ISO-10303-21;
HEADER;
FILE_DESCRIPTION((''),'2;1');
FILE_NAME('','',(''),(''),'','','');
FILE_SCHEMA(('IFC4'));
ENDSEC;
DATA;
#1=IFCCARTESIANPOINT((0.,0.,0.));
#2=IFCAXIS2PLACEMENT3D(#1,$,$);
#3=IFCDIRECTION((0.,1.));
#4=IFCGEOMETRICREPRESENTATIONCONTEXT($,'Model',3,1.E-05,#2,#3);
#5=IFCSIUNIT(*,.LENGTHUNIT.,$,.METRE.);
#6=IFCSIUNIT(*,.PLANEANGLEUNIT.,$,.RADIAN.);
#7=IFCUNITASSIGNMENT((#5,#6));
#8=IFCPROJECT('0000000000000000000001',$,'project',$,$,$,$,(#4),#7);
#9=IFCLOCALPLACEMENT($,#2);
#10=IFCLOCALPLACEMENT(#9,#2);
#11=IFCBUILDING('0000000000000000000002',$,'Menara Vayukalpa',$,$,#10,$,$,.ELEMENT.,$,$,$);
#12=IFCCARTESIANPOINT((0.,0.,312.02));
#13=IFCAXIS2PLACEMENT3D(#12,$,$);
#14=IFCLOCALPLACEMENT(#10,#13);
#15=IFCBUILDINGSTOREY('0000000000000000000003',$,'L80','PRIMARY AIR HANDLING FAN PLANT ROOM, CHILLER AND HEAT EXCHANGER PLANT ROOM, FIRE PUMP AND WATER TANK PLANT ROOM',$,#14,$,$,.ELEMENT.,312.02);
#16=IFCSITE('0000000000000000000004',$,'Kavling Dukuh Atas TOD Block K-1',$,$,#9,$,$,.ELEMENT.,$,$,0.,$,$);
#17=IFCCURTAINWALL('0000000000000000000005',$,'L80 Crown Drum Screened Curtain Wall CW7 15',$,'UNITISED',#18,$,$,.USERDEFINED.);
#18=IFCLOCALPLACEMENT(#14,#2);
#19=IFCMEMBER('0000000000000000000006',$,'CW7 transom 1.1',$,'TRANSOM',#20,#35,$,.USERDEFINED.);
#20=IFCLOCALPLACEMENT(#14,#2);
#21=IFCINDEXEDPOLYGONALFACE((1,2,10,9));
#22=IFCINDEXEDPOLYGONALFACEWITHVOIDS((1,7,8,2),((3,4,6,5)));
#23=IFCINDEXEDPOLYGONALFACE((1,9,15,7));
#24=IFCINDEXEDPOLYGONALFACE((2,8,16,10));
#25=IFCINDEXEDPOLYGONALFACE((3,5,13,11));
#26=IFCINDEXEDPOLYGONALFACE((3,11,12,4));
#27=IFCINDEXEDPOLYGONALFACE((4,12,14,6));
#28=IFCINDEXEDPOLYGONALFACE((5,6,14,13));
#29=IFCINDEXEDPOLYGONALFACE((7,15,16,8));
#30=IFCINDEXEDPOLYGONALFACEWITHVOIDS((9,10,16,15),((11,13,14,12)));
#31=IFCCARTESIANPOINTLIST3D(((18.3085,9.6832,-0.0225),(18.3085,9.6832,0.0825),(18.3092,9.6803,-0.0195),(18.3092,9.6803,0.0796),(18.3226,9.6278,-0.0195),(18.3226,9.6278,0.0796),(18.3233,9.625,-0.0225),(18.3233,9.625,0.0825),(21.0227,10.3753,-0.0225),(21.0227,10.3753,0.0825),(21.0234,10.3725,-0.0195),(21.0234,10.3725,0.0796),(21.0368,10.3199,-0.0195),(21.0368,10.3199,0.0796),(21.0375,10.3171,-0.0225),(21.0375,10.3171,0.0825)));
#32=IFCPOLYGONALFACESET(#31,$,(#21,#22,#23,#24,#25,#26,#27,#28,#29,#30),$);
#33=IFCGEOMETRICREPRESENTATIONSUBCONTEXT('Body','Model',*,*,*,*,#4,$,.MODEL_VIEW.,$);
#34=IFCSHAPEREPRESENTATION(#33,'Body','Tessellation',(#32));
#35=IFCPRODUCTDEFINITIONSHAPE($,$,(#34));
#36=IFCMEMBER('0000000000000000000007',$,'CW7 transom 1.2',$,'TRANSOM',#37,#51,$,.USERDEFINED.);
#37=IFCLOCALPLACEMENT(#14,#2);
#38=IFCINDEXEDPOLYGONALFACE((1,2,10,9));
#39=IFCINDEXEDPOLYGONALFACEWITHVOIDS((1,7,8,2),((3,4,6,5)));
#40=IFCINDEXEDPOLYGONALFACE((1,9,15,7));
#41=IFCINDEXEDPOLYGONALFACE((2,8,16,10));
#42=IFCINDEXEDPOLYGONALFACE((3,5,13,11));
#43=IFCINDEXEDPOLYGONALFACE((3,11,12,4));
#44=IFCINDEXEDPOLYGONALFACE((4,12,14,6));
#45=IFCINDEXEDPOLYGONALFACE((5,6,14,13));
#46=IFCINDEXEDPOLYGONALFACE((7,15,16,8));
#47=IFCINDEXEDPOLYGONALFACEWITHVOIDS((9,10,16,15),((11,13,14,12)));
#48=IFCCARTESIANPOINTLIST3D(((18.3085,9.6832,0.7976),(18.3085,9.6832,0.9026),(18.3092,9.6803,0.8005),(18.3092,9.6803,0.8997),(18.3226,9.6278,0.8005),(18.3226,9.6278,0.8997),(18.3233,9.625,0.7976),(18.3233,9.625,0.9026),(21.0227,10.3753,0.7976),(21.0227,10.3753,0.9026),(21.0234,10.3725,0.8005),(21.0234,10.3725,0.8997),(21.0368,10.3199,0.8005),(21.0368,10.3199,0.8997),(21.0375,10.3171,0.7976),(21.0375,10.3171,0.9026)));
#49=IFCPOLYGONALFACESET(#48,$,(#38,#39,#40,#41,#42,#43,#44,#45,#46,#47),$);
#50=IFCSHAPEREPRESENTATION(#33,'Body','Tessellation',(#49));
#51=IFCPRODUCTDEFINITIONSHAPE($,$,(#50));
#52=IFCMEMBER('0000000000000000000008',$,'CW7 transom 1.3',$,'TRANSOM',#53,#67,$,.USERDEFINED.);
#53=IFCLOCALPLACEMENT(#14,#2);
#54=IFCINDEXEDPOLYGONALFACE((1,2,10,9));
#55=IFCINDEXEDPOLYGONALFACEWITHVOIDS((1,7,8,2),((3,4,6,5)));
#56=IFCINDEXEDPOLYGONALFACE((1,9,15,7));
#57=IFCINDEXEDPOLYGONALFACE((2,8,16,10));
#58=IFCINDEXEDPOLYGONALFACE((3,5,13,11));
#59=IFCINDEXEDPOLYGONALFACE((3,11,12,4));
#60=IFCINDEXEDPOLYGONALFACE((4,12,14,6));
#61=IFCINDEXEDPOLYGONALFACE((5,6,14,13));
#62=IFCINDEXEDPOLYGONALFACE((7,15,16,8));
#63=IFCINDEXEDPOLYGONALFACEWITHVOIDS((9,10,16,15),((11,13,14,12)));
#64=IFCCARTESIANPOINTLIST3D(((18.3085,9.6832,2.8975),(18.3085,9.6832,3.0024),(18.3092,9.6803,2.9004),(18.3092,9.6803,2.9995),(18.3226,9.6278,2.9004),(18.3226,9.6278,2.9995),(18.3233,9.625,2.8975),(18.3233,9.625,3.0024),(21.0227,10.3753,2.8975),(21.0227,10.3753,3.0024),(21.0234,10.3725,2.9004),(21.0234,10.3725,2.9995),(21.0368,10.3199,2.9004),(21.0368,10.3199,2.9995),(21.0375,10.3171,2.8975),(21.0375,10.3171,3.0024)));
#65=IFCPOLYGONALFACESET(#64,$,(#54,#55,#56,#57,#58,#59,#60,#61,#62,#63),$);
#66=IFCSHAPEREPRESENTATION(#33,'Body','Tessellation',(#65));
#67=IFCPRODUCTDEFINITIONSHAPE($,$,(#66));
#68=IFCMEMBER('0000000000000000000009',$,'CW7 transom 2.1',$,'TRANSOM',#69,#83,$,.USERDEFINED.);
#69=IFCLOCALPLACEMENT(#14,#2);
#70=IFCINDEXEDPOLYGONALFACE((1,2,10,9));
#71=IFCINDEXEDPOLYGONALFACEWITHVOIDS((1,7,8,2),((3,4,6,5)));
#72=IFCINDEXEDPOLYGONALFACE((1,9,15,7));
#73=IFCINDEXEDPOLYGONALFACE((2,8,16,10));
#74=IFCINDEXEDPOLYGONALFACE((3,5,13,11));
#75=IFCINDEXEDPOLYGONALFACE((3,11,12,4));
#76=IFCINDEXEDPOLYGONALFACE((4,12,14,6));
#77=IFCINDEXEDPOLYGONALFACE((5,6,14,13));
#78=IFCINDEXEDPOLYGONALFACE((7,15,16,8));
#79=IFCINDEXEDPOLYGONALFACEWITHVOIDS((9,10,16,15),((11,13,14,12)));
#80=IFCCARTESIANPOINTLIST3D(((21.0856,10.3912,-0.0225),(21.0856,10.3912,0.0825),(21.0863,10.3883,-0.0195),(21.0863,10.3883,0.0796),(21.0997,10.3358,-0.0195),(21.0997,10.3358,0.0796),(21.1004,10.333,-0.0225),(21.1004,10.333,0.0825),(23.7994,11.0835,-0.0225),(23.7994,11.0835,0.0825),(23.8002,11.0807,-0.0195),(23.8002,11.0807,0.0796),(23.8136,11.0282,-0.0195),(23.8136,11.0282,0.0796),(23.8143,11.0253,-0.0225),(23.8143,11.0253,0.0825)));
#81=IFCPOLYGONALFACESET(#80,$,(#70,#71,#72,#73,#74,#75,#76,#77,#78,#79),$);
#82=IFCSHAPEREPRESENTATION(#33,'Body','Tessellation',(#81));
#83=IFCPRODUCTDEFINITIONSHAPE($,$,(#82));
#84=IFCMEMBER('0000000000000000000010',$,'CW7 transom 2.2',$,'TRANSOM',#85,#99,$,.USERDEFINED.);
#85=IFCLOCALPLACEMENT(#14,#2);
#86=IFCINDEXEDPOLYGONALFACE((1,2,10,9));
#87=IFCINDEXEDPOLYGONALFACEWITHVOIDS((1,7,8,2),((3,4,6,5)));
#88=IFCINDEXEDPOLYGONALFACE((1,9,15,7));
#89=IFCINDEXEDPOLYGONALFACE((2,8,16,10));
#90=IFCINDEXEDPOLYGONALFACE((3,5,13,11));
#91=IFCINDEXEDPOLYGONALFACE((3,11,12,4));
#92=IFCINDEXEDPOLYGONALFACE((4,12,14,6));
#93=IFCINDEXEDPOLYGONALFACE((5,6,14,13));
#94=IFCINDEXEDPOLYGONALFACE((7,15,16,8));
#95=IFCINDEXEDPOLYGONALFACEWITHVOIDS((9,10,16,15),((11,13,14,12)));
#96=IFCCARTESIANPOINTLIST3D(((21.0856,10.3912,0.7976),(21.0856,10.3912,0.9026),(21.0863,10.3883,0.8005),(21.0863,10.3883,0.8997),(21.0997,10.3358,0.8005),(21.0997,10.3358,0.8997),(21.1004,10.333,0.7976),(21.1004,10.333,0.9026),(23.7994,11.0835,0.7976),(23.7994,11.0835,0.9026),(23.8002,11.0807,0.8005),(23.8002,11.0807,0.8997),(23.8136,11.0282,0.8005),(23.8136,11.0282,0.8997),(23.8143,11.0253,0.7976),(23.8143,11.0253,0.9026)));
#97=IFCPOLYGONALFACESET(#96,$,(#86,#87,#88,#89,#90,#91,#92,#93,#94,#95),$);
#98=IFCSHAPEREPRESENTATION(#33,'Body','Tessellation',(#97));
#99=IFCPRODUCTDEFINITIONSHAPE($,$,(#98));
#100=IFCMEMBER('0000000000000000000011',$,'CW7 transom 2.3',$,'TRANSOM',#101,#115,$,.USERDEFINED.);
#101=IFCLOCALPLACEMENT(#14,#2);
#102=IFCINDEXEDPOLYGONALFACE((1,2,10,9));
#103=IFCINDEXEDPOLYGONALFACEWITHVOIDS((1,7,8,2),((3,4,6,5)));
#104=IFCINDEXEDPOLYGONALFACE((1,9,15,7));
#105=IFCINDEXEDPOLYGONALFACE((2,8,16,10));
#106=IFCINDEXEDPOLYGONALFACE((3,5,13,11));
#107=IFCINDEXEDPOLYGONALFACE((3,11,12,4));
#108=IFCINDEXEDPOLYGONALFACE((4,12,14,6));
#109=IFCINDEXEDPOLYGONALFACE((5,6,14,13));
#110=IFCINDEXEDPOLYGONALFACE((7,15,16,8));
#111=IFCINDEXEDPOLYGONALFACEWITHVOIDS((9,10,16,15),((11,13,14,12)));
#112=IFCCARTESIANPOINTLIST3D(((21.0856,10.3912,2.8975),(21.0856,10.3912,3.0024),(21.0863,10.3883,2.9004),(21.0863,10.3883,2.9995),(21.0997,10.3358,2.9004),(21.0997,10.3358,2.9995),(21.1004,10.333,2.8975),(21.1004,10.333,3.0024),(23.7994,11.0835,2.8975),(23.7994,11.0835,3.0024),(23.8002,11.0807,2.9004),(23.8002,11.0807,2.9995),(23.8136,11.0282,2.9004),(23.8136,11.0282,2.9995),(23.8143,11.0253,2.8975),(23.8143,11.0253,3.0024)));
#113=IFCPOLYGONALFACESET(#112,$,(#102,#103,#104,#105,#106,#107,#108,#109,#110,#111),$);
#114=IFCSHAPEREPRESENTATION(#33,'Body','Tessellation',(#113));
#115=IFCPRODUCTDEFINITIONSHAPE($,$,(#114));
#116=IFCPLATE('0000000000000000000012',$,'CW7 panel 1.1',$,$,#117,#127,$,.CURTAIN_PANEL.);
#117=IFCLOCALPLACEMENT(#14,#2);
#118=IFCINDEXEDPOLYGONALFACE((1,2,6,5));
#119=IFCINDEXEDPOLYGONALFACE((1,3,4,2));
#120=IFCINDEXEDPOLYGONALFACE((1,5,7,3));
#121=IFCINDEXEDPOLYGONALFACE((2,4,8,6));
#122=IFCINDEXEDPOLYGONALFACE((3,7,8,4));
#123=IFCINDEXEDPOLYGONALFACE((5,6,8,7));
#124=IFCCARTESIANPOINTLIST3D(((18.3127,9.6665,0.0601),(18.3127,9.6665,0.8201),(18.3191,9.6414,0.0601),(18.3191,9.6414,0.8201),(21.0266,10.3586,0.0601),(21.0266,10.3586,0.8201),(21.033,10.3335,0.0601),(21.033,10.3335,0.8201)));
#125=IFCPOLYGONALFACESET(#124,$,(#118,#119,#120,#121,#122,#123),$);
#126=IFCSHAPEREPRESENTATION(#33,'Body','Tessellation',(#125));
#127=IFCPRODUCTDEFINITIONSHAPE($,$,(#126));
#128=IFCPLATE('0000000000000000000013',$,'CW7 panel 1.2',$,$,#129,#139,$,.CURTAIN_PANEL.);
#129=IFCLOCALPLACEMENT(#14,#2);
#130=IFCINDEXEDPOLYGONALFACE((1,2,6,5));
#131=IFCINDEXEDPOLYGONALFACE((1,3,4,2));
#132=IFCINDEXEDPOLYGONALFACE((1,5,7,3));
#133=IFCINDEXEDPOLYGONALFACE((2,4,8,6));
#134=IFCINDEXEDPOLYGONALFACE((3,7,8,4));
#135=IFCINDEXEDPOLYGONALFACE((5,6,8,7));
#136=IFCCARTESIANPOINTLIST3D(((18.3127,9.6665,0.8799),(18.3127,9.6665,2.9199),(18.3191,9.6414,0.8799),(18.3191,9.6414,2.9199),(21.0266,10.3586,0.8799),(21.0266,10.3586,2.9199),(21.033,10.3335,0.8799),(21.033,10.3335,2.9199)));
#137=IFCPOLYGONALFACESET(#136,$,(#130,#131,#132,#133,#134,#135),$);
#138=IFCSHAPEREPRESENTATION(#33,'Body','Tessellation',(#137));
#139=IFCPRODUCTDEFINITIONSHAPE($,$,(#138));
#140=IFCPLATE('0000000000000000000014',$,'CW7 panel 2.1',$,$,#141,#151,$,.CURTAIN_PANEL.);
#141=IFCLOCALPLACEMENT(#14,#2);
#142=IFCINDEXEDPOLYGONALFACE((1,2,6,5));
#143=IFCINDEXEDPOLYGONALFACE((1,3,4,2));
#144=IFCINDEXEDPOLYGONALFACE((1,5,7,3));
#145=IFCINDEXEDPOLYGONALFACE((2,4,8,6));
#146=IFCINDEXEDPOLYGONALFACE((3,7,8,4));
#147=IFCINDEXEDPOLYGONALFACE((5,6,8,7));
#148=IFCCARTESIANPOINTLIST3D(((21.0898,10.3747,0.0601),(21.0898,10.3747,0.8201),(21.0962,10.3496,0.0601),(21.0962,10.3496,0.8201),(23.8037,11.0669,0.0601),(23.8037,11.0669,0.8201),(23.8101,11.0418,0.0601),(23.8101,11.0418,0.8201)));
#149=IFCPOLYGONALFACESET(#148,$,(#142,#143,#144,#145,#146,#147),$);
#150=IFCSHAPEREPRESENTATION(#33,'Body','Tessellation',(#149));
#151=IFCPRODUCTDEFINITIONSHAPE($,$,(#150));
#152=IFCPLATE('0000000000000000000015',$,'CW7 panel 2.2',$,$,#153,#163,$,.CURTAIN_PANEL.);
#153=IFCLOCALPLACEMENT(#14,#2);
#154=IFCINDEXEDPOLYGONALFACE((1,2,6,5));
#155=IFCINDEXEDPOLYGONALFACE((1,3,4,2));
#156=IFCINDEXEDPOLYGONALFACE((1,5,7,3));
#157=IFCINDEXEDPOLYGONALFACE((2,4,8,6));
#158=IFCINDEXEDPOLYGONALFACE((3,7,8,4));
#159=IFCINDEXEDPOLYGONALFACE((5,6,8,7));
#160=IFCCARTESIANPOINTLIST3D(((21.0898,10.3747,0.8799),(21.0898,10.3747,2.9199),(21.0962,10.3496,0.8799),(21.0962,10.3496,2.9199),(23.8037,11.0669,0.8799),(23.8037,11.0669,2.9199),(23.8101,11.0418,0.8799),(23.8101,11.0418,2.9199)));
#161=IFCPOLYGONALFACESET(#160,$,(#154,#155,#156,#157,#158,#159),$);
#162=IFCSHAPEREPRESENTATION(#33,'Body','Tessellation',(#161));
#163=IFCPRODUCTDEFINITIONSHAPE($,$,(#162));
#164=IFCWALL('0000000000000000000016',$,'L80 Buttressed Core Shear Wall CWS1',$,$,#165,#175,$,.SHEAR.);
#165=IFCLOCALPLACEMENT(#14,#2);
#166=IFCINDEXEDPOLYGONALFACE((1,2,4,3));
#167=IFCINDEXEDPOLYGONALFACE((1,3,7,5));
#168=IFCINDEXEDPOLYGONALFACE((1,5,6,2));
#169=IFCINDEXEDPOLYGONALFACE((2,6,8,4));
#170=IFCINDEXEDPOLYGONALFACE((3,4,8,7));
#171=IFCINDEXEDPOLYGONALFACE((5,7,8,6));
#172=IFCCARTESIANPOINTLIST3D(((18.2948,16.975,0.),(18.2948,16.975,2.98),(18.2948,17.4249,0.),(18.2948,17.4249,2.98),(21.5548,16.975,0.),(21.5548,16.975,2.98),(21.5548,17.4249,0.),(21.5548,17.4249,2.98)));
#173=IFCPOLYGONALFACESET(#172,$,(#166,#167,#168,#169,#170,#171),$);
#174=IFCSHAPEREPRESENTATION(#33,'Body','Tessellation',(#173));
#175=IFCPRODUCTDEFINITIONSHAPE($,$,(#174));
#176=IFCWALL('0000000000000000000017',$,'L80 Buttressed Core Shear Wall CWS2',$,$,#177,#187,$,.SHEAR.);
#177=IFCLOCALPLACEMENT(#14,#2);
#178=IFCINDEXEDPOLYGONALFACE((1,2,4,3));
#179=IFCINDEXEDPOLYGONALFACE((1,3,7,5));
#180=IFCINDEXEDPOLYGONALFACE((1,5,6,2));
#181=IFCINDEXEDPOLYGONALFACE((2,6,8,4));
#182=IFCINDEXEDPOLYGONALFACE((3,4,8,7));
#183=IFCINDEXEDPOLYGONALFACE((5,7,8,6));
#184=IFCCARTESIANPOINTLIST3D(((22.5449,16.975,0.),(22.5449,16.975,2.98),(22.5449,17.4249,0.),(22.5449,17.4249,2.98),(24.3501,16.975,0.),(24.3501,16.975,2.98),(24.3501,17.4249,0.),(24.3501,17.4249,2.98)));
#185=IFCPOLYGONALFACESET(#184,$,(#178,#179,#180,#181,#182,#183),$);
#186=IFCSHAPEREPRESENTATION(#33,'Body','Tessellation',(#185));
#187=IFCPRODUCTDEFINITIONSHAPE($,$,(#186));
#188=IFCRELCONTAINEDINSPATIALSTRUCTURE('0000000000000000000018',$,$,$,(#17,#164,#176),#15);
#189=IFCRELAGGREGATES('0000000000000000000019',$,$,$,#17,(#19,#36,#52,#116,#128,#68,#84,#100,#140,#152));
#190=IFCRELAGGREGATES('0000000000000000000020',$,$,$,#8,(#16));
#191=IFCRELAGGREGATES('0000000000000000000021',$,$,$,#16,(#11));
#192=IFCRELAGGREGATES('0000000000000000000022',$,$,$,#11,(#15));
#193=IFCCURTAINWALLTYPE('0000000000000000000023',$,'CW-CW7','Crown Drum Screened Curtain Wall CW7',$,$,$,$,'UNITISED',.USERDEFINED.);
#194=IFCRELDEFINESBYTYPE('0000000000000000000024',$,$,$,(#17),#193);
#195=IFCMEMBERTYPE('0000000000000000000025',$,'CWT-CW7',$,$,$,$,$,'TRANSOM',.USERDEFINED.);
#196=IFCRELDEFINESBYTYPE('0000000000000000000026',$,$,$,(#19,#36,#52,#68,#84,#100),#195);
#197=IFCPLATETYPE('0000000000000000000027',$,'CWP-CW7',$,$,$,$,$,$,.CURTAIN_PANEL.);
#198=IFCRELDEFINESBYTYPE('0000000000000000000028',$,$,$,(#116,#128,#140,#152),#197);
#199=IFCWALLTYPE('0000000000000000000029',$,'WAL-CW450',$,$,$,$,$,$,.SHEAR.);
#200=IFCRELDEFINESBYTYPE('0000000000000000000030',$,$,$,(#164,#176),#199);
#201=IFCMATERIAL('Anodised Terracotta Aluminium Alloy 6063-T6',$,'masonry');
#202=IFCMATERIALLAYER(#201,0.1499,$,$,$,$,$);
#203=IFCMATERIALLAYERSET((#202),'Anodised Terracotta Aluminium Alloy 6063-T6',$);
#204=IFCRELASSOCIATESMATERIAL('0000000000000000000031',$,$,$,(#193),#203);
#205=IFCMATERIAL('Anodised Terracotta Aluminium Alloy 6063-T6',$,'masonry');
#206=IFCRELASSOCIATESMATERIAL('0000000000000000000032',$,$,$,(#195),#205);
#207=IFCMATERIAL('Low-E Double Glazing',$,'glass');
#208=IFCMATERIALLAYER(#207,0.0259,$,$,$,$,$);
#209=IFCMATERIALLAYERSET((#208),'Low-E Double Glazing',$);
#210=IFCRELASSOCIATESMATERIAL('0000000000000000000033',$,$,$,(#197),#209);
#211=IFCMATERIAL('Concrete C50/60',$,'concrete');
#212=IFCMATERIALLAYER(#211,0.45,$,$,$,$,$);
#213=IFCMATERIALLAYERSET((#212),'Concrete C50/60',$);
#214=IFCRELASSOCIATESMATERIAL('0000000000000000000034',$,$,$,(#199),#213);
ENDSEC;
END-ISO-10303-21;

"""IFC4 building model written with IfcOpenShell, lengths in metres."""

from ifc_helpers import new_model, si_unit, direction, frame, frame_2d, origin, origin_2d, place, context, subcontext, project, spatial, rectangle, hollow_rectangle, extrude, material, layer, layer_set, material_profile, profile_set, type_object, element, aggregate, save


model = new_model("IFC4")

# Units and contexts
model_context = context("Model", 3, precision=1e-05, world=origin(), true_north=direction((0.0, 1.0)))
body_context = subcontext(model_context, "Body", "Model", "MODEL_VIEW")
ifc_project = project(units=[si_unit("LENGTHUNIT", "METRE"), si_unit("PLANEANGLEUNIT", "RADIAN")], contexts=[model_context])

# Site, building, storey
site_placement = place(None, origin())
site = spatial("IfcSite", under=ifc_project, at=site_placement, Name="Kavling Dukuh Atas TOD Block K-1", CompositionType="ELEMENT", RefElevation=0.0)
building_placement = place(site_placement, origin())
building = spatial("IfcBuilding", under=site, at=building_placement, Name="Menara Vayukalpa", CompositionType="ELEMENT")
storey_placement = place(building_placement, frame((0.0, 0.0, 312.02)))
storey = spatial("IfcBuildingStorey", under=building, at=storey_placement, Name="L80", Description="PRIMARY AIR HANDLING FAN PLANT ROOM, CHILLER AND HEAT EXCHANGER PLANT ROOM, FIRE PUMP AND WATER TANK PLANT ROOM", CompositionType="ELEMENT", Elevation=312.02)

# Curtain wall, members, plates
ifc_material_1 = material(Name="Anodised Terracotta Aluminium Alloy 6063-T6", Category="masonry")
ifc_layer_1 = layer(ifc_material_1, 0.1499)
ifc_layer_set_1 = layer_set([ifc_layer_1], Name="Anodised Terracotta Aluminium Alloy 6063-T6")
curtain_wall_type = type_object("IfcCurtainWallType", Name="CW-CW7", Description="Crown Drum Screened Curtain Wall CW7", ElementType="UNITISED", PredefinedType="USERDEFINED", material=ifc_layer_set_1)
curtain_wall_placement = place(storey_placement, origin())
curtain_wall = element("IfcCurtainWall", 1, at=curtain_wall_placement, inside=storey, type_object=curtain_wall_type, Name="L80 Crown Drum Screened Curtain Wall CW7 15", ObjectType="UNITISED", PredefinedType="USERDEFINED")
ifc_material_2 = material(Name="Anodised Terracotta Aluminium Alloy 6063-T6", Category="masonry")
ifc_material_profile_1 = material_profile(ifc_material_2, hollow_rectangle(XDim=0.0601, YDim=0.105, WallThickness=0.0029, at=origin_2d()), Name="ALU 60x105x3")
ifc_profile_set_1 = profile_set([ifc_material_profile_1], Name="Anodised Terracotta Aluminium Alloy 6063-T6")
member_type_1 = type_object("IfcMemberType", Name="CWT-CW7", ElementType="TRANSOM", PredefinedType="USERDEFINED", material=ifc_profile_set_1)
member_1_placement = place(storey_placement, frame((18.3159, 9.6541, 0.03), z_axis=(0.968988, 0.247106, 0.0), x_axis=(-0.247106, 0.968988, 0.0)))
member_1 = element("IfcMember", 2, at=member_1_placement, type_object=member_type_1, Name="CW7 transom 1.1", ObjectType="TRANSOM", PredefinedType="USERDEFINED", context=body_context, shape_type="SweptSolid", body=[
    extrude(hollow_rectangle(XDim=0.0601, YDim=0.105, WallThickness=0.0029, at=origin_2d()), origin(), (0.0, 0.0, 1.0), 2.801),
])
member_2_placement = place(storey_placement, frame((18.3159, 9.6541, 0.8501), z_axis=(0.968988, 0.247106, 0.0), x_axis=(-0.247106, 0.968988, 0.0)))
member_2 = element("IfcMember", 3, at=member_2_placement, type_object=member_type_1, Name="CW7 transom 1.2", ObjectType="TRANSOM", PredefinedType="USERDEFINED", context=body_context, shape_type="SweptSolid", body=[
    extrude(hollow_rectangle(XDim=0.0601, YDim=0.105, WallThickness=0.0029, at=origin_2d()), origin(), (0.0, 0.0, 1.0), 2.801),
])
member_3_placement = place(storey_placement, frame((18.3159, 9.6541, 2.95), z_axis=(0.968988, 0.247106, 0.0), x_axis=(-0.247106, 0.968988, 0.0)))
member_3 = element("IfcMember", 4, at=member_3_placement, type_object=member_type_1, Name="CW7 transom 1.3", ObjectType="TRANSOM", PredefinedType="USERDEFINED", context=body_context, shape_type="SweptSolid", body=[
    extrude(hollow_rectangle(XDim=0.0601, YDim=0.105, WallThickness=0.0029, at=origin_2d()), origin(), (0.0, 0.0, 1.0), 2.801),
])
member_4_placement = place(storey_placement, frame((21.093, 10.3621, 0.03), z_axis=(0.968962, 0.247209, 0.0), x_axis=(-0.247209, 0.968962, 0.0)))
member_4 = element("IfcMember", 5, at=member_4_placement, type_object=member_type_1, Name="CW7 transom 2.1", ObjectType="TRANSOM", PredefinedType="USERDEFINED", context=body_context, shape_type="SweptSolid", body=[
    extrude(hollow_rectangle(XDim=0.0601, YDim=0.105, WallThickness=0.0029, at=origin_2d()), origin(), (0.0, 0.0, 1.0), 2.8008),
])
member_5_placement = place(storey_placement, frame((21.093, 10.3621, 0.8501), z_axis=(0.968962, 0.247209, 0.0), x_axis=(-0.247209, 0.968962, 0.0)))
member_5 = element("IfcMember", 6, at=member_5_placement, type_object=member_type_1, Name="CW7 transom 2.2", ObjectType="TRANSOM", PredefinedType="USERDEFINED", context=body_context, shape_type="SweptSolid", body=[
    extrude(hollow_rectangle(XDim=0.0601, YDim=0.105, WallThickness=0.0029, at=origin_2d()), origin(), (0.0, 0.0, 1.0), 2.8008),
])
member_6_placement = place(storey_placement, frame((21.093, 10.3621, 2.95), z_axis=(0.968962, 0.247209, 0.0), x_axis=(-0.247209, 0.968962, 0.0)))
member_6 = element("IfcMember", 7, at=member_6_placement, type_object=member_type_1, Name="CW7 transom 2.3", ObjectType="TRANSOM", PredefinedType="USERDEFINED", context=body_context, shape_type="SweptSolid", body=[
    extrude(hollow_rectangle(XDim=0.0601, YDim=0.105, WallThickness=0.0029, at=origin_2d()), origin(), (0.0, 0.0, 1.0), 2.8008),
])
ifc_material_3 = material(Name="Low-E Double Glazing", Category="glass")
ifc_layer_2 = layer(ifc_material_3, 0.0259)
ifc_layer_set_2 = layer_set([ifc_layer_2], Name="Low-E Double Glazing")
plate_type = type_object("IfcPlateType", Name="CWP-CW7", PredefinedType="CURTAIN_PANEL", material=ifc_layer_set_2)
plate_1_placement = place(storey_placement, frame((19.6729, 10.0, 0.0601), z_axis=(0.0, 0.0, 1.0), x_axis=(0.968984, 0.247124, 0.0)))
plate_1 = element("IfcPlate", 8, at=plate_1_placement, type_object=plate_type, Name="CW7 panel 1.1", PredefinedType="CURTAIN_PANEL", context=body_context, shape_type="SweptSolid", body=[
    extrude(rectangle(XDim=2.8008, YDim=0.0259, at=origin_2d()), origin(), (0.0, 0.0, 1.0), 0.76),
])
plate_2_placement = place(storey_placement, frame((19.6729, 10.0, 0.8799), z_axis=(0.0, 0.0, 1.0), x_axis=(0.968984, 0.247124, 0.0)))
plate_2 = element("IfcPlate", 9, at=plate_2_placement, type_object=plate_type, Name="CW7 panel 1.2", PredefinedType="CURTAIN_PANEL", context=body_context, shape_type="SweptSolid", body=[
    extrude(rectangle(XDim=2.8008, YDim=0.0259, at=origin_2d()), origin(), (0.0, 0.0, 1.0), 2.04),
])
plate_3_placement = place(storey_placement, frame((22.45, 10.7083, 0.0601), z_axis=(0.0, 0.0, 1.0), x_axis=(0.968984, 0.247124, 0.0)))
plate_3 = element("IfcPlate", 10, at=plate_3_placement, type_object=plate_type, Name="CW7 panel 2.1", PredefinedType="CURTAIN_PANEL", context=body_context, shape_type="SweptSolid", body=[
    extrude(rectangle(XDim=2.8008, YDim=0.0259, at=origin_2d()), origin(), (0.0, 0.0, 1.0), 0.76),
])
plate_4_placement = place(storey_placement, frame((22.45, 10.7083, 0.8799), z_axis=(0.0, 0.0, 1.0), x_axis=(0.968984, 0.247124, 0.0)))
plate_4 = element("IfcPlate", 11, at=plate_4_placement, type_object=plate_type, Name="CW7 panel 2.2", PredefinedType="CURTAIN_PANEL", context=body_context, shape_type="SweptSolid", body=[
    extrude(rectangle(XDim=2.8008, YDim=0.0259, at=origin_2d()), origin(), (0.0, 0.0, 1.0), 2.04),
])
aggregate(curtain_wall, [member_1, member_2, member_3, plate_1, plate_2, member_4, member_5, member_6, plate_3, plate_4])

# Walls
ifc_material_4 = material(Name="Concrete C50/60", Category="concrete")
ifc_layer_3 = layer(ifc_material_4, 0.45)
ifc_layer_set_3 = layer_set([ifc_layer_3], Name="Concrete C50/60")
wall_type_1 = type_object("IfcWallType", Name="WAL-CW450", PredefinedType="SHEAR", material=ifc_layer_set_3)
wall_1_placement = place(storey_placement, frame((18.2949, 17.2, 0.0), z_axis=(0.0, 0.0, 1.0), x_axis=(1.0, 0.0, 0.0)))
element("IfcWall", 12, at=wall_1_placement, inside=storey, type_object=wall_type_1, Name="L80 Buttressed Core Shear Wall CWS1", PredefinedType="SHEAR", context=body_context, shape_type="SweptSolid", body=[
    extrude(rectangle(XDim=3.26, YDim=0.45, at=frame_2d((1.6299, 0.0))), origin(), (0.0, 0.0, 1.0), 2.98),
])
wall_2_placement = place(storey_placement, frame((22.5449, 17.2, 0.0), z_axis=(0.0, 0.0, 1.0), x_axis=(1.0, 0.0, 0.0)))
element("IfcWall", 13, at=wall_2_placement, inside=storey, type_object=wall_type_1, Name="L80 Buttressed Core Shear Wall CWS2", PredefinedType="SHEAR", context=body_context, shape_type="SweptSolid", body=[
    extrude(rectangle(XDim=1.8052, YDim=0.45, at=frame_2d((0.9026, 0.0))), origin(), (0.0, 0.0, 1.0), 2.98),
])

save(model, "model.ifc")
